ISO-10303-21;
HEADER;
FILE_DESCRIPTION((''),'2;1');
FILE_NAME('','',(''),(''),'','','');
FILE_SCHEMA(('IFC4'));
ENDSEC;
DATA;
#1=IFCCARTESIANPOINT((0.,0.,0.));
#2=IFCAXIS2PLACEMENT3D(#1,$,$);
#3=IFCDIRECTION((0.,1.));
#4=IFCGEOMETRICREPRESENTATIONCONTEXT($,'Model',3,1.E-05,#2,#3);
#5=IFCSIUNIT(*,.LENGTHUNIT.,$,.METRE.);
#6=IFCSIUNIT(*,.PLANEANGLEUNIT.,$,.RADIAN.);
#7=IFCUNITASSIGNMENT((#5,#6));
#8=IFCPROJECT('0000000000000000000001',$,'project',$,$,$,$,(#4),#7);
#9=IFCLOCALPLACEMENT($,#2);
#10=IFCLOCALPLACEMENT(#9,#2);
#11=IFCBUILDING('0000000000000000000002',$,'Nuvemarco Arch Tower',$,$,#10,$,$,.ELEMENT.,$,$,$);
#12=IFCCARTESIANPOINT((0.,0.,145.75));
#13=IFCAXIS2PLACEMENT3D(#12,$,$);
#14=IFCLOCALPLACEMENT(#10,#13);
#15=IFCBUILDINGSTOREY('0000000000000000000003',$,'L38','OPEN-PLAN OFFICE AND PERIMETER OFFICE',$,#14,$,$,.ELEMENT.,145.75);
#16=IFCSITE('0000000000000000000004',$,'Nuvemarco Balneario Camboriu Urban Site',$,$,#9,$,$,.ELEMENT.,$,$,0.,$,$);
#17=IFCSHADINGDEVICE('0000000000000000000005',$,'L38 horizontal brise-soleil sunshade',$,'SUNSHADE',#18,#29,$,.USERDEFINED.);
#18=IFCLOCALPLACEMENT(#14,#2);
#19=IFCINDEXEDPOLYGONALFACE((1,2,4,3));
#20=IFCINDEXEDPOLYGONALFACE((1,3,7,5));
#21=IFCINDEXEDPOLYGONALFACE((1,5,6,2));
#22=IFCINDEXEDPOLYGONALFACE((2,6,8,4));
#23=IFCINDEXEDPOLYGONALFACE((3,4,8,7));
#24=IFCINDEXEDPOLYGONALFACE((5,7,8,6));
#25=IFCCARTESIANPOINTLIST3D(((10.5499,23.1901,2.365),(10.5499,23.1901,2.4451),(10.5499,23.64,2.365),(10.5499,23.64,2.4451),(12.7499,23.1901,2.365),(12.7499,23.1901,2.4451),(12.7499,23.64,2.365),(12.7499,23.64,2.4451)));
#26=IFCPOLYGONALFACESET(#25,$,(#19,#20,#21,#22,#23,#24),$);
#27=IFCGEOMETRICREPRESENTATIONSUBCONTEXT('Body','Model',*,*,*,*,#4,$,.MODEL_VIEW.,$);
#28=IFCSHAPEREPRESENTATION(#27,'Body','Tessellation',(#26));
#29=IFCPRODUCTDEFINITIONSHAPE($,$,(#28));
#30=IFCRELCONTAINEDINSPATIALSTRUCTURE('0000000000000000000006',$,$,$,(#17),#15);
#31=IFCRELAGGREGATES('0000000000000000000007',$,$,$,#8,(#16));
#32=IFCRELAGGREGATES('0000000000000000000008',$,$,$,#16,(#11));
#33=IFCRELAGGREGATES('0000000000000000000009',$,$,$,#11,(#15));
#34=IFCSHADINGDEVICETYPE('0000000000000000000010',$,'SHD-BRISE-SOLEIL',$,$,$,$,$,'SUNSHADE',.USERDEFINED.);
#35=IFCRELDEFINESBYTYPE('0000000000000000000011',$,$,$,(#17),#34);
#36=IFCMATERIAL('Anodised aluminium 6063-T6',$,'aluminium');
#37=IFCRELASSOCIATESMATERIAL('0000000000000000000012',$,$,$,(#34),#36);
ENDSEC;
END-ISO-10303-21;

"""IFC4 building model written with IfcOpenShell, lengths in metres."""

from ifc_helpers import new_model, si_unit, direction, frame, origin, origin_2d, place, context, subcontext, project, spatial, rectangle, extrude, source, transform, mapped, material, type_object, type_shapes, element, save


model = new_model("IFC4")

# Units and contexts
model_context = context("Model", 3, precision=1e-05, world=origin(), true_north=direction((0.0, 1.0)))
body_context = subcontext(model_context, "Body", "Model", "MODEL_VIEW")
ifc_project = project(units=[si_unit("LENGTHUNIT", "METRE"), si_unit("PLANEANGLEUNIT", "RADIAN")], contexts=[model_context])

# Site, building, storey
site_placement = place(None, origin())
site = spatial("IfcSite", under=ifc_project, at=site_placement, Name="Nuvemarco Balneario Camboriu Urban Site", CompositionType="ELEMENT", RefElevation=0.0)
building_placement = place(site_placement, origin())
building = spatial("IfcBuilding", under=site, at=building_placement, Name="Nuvemarco Arch Tower", CompositionType="ELEMENT")
storey_placement = place(building_placement, frame((0.0, 0.0, 145.75)))
storey = spatial("IfcBuildingStorey", under=building, at=storey_placement, Name="L38", Description="OPEN-PLAN OFFICE AND PERIMETER OFFICE", CompositionType="ELEMENT", Elevation=145.75)

# Shading device
ifc_material_1 = material(Name="Anodised aluminium 6063-T6", Category="aluminium")
shading_device_type = type_object("IfcShadingDeviceType", Name="SHD-BRISE-SOLEIL", ElementType="SUNSHADE", PredefinedType="USERDEFINED", material=ifc_material_1)
shared_shape_1 = source(origin(), body_context, "Body", "SweptSolid", [
    extrude(rectangle(XDim=2.2, YDim=0.45, at=origin_2d()), origin(), (0.0, 0.0, 1.0), 0.0801),
])
type_shapes(shading_device_type, [shared_shape_1])
for number, where, z_axis, x_axis, name in (
    (1, (11.6499, 23.415, 2.365), (0.0, 0.0, 1.0), (1.0, 0.0, 0.0), "L38 horizontal brise-soleil sunshade"),
):
    element("IfcShadingDevice", number, at=place(storey_placement, frame(where, z_axis=z_axis, x_axis=x_axis)), inside=storey, type_object=shading_device_type, Name=name, ObjectType="SUNSHADE", PredefinedType="USERDEFINED", context=body_context, shape_type="MappedRepresentation", body=[
        mapped(shared_shape_1, transform((0.0, 0.0, 0.0), scale=1.0)),
    ])

save(model, "model.ifc")
